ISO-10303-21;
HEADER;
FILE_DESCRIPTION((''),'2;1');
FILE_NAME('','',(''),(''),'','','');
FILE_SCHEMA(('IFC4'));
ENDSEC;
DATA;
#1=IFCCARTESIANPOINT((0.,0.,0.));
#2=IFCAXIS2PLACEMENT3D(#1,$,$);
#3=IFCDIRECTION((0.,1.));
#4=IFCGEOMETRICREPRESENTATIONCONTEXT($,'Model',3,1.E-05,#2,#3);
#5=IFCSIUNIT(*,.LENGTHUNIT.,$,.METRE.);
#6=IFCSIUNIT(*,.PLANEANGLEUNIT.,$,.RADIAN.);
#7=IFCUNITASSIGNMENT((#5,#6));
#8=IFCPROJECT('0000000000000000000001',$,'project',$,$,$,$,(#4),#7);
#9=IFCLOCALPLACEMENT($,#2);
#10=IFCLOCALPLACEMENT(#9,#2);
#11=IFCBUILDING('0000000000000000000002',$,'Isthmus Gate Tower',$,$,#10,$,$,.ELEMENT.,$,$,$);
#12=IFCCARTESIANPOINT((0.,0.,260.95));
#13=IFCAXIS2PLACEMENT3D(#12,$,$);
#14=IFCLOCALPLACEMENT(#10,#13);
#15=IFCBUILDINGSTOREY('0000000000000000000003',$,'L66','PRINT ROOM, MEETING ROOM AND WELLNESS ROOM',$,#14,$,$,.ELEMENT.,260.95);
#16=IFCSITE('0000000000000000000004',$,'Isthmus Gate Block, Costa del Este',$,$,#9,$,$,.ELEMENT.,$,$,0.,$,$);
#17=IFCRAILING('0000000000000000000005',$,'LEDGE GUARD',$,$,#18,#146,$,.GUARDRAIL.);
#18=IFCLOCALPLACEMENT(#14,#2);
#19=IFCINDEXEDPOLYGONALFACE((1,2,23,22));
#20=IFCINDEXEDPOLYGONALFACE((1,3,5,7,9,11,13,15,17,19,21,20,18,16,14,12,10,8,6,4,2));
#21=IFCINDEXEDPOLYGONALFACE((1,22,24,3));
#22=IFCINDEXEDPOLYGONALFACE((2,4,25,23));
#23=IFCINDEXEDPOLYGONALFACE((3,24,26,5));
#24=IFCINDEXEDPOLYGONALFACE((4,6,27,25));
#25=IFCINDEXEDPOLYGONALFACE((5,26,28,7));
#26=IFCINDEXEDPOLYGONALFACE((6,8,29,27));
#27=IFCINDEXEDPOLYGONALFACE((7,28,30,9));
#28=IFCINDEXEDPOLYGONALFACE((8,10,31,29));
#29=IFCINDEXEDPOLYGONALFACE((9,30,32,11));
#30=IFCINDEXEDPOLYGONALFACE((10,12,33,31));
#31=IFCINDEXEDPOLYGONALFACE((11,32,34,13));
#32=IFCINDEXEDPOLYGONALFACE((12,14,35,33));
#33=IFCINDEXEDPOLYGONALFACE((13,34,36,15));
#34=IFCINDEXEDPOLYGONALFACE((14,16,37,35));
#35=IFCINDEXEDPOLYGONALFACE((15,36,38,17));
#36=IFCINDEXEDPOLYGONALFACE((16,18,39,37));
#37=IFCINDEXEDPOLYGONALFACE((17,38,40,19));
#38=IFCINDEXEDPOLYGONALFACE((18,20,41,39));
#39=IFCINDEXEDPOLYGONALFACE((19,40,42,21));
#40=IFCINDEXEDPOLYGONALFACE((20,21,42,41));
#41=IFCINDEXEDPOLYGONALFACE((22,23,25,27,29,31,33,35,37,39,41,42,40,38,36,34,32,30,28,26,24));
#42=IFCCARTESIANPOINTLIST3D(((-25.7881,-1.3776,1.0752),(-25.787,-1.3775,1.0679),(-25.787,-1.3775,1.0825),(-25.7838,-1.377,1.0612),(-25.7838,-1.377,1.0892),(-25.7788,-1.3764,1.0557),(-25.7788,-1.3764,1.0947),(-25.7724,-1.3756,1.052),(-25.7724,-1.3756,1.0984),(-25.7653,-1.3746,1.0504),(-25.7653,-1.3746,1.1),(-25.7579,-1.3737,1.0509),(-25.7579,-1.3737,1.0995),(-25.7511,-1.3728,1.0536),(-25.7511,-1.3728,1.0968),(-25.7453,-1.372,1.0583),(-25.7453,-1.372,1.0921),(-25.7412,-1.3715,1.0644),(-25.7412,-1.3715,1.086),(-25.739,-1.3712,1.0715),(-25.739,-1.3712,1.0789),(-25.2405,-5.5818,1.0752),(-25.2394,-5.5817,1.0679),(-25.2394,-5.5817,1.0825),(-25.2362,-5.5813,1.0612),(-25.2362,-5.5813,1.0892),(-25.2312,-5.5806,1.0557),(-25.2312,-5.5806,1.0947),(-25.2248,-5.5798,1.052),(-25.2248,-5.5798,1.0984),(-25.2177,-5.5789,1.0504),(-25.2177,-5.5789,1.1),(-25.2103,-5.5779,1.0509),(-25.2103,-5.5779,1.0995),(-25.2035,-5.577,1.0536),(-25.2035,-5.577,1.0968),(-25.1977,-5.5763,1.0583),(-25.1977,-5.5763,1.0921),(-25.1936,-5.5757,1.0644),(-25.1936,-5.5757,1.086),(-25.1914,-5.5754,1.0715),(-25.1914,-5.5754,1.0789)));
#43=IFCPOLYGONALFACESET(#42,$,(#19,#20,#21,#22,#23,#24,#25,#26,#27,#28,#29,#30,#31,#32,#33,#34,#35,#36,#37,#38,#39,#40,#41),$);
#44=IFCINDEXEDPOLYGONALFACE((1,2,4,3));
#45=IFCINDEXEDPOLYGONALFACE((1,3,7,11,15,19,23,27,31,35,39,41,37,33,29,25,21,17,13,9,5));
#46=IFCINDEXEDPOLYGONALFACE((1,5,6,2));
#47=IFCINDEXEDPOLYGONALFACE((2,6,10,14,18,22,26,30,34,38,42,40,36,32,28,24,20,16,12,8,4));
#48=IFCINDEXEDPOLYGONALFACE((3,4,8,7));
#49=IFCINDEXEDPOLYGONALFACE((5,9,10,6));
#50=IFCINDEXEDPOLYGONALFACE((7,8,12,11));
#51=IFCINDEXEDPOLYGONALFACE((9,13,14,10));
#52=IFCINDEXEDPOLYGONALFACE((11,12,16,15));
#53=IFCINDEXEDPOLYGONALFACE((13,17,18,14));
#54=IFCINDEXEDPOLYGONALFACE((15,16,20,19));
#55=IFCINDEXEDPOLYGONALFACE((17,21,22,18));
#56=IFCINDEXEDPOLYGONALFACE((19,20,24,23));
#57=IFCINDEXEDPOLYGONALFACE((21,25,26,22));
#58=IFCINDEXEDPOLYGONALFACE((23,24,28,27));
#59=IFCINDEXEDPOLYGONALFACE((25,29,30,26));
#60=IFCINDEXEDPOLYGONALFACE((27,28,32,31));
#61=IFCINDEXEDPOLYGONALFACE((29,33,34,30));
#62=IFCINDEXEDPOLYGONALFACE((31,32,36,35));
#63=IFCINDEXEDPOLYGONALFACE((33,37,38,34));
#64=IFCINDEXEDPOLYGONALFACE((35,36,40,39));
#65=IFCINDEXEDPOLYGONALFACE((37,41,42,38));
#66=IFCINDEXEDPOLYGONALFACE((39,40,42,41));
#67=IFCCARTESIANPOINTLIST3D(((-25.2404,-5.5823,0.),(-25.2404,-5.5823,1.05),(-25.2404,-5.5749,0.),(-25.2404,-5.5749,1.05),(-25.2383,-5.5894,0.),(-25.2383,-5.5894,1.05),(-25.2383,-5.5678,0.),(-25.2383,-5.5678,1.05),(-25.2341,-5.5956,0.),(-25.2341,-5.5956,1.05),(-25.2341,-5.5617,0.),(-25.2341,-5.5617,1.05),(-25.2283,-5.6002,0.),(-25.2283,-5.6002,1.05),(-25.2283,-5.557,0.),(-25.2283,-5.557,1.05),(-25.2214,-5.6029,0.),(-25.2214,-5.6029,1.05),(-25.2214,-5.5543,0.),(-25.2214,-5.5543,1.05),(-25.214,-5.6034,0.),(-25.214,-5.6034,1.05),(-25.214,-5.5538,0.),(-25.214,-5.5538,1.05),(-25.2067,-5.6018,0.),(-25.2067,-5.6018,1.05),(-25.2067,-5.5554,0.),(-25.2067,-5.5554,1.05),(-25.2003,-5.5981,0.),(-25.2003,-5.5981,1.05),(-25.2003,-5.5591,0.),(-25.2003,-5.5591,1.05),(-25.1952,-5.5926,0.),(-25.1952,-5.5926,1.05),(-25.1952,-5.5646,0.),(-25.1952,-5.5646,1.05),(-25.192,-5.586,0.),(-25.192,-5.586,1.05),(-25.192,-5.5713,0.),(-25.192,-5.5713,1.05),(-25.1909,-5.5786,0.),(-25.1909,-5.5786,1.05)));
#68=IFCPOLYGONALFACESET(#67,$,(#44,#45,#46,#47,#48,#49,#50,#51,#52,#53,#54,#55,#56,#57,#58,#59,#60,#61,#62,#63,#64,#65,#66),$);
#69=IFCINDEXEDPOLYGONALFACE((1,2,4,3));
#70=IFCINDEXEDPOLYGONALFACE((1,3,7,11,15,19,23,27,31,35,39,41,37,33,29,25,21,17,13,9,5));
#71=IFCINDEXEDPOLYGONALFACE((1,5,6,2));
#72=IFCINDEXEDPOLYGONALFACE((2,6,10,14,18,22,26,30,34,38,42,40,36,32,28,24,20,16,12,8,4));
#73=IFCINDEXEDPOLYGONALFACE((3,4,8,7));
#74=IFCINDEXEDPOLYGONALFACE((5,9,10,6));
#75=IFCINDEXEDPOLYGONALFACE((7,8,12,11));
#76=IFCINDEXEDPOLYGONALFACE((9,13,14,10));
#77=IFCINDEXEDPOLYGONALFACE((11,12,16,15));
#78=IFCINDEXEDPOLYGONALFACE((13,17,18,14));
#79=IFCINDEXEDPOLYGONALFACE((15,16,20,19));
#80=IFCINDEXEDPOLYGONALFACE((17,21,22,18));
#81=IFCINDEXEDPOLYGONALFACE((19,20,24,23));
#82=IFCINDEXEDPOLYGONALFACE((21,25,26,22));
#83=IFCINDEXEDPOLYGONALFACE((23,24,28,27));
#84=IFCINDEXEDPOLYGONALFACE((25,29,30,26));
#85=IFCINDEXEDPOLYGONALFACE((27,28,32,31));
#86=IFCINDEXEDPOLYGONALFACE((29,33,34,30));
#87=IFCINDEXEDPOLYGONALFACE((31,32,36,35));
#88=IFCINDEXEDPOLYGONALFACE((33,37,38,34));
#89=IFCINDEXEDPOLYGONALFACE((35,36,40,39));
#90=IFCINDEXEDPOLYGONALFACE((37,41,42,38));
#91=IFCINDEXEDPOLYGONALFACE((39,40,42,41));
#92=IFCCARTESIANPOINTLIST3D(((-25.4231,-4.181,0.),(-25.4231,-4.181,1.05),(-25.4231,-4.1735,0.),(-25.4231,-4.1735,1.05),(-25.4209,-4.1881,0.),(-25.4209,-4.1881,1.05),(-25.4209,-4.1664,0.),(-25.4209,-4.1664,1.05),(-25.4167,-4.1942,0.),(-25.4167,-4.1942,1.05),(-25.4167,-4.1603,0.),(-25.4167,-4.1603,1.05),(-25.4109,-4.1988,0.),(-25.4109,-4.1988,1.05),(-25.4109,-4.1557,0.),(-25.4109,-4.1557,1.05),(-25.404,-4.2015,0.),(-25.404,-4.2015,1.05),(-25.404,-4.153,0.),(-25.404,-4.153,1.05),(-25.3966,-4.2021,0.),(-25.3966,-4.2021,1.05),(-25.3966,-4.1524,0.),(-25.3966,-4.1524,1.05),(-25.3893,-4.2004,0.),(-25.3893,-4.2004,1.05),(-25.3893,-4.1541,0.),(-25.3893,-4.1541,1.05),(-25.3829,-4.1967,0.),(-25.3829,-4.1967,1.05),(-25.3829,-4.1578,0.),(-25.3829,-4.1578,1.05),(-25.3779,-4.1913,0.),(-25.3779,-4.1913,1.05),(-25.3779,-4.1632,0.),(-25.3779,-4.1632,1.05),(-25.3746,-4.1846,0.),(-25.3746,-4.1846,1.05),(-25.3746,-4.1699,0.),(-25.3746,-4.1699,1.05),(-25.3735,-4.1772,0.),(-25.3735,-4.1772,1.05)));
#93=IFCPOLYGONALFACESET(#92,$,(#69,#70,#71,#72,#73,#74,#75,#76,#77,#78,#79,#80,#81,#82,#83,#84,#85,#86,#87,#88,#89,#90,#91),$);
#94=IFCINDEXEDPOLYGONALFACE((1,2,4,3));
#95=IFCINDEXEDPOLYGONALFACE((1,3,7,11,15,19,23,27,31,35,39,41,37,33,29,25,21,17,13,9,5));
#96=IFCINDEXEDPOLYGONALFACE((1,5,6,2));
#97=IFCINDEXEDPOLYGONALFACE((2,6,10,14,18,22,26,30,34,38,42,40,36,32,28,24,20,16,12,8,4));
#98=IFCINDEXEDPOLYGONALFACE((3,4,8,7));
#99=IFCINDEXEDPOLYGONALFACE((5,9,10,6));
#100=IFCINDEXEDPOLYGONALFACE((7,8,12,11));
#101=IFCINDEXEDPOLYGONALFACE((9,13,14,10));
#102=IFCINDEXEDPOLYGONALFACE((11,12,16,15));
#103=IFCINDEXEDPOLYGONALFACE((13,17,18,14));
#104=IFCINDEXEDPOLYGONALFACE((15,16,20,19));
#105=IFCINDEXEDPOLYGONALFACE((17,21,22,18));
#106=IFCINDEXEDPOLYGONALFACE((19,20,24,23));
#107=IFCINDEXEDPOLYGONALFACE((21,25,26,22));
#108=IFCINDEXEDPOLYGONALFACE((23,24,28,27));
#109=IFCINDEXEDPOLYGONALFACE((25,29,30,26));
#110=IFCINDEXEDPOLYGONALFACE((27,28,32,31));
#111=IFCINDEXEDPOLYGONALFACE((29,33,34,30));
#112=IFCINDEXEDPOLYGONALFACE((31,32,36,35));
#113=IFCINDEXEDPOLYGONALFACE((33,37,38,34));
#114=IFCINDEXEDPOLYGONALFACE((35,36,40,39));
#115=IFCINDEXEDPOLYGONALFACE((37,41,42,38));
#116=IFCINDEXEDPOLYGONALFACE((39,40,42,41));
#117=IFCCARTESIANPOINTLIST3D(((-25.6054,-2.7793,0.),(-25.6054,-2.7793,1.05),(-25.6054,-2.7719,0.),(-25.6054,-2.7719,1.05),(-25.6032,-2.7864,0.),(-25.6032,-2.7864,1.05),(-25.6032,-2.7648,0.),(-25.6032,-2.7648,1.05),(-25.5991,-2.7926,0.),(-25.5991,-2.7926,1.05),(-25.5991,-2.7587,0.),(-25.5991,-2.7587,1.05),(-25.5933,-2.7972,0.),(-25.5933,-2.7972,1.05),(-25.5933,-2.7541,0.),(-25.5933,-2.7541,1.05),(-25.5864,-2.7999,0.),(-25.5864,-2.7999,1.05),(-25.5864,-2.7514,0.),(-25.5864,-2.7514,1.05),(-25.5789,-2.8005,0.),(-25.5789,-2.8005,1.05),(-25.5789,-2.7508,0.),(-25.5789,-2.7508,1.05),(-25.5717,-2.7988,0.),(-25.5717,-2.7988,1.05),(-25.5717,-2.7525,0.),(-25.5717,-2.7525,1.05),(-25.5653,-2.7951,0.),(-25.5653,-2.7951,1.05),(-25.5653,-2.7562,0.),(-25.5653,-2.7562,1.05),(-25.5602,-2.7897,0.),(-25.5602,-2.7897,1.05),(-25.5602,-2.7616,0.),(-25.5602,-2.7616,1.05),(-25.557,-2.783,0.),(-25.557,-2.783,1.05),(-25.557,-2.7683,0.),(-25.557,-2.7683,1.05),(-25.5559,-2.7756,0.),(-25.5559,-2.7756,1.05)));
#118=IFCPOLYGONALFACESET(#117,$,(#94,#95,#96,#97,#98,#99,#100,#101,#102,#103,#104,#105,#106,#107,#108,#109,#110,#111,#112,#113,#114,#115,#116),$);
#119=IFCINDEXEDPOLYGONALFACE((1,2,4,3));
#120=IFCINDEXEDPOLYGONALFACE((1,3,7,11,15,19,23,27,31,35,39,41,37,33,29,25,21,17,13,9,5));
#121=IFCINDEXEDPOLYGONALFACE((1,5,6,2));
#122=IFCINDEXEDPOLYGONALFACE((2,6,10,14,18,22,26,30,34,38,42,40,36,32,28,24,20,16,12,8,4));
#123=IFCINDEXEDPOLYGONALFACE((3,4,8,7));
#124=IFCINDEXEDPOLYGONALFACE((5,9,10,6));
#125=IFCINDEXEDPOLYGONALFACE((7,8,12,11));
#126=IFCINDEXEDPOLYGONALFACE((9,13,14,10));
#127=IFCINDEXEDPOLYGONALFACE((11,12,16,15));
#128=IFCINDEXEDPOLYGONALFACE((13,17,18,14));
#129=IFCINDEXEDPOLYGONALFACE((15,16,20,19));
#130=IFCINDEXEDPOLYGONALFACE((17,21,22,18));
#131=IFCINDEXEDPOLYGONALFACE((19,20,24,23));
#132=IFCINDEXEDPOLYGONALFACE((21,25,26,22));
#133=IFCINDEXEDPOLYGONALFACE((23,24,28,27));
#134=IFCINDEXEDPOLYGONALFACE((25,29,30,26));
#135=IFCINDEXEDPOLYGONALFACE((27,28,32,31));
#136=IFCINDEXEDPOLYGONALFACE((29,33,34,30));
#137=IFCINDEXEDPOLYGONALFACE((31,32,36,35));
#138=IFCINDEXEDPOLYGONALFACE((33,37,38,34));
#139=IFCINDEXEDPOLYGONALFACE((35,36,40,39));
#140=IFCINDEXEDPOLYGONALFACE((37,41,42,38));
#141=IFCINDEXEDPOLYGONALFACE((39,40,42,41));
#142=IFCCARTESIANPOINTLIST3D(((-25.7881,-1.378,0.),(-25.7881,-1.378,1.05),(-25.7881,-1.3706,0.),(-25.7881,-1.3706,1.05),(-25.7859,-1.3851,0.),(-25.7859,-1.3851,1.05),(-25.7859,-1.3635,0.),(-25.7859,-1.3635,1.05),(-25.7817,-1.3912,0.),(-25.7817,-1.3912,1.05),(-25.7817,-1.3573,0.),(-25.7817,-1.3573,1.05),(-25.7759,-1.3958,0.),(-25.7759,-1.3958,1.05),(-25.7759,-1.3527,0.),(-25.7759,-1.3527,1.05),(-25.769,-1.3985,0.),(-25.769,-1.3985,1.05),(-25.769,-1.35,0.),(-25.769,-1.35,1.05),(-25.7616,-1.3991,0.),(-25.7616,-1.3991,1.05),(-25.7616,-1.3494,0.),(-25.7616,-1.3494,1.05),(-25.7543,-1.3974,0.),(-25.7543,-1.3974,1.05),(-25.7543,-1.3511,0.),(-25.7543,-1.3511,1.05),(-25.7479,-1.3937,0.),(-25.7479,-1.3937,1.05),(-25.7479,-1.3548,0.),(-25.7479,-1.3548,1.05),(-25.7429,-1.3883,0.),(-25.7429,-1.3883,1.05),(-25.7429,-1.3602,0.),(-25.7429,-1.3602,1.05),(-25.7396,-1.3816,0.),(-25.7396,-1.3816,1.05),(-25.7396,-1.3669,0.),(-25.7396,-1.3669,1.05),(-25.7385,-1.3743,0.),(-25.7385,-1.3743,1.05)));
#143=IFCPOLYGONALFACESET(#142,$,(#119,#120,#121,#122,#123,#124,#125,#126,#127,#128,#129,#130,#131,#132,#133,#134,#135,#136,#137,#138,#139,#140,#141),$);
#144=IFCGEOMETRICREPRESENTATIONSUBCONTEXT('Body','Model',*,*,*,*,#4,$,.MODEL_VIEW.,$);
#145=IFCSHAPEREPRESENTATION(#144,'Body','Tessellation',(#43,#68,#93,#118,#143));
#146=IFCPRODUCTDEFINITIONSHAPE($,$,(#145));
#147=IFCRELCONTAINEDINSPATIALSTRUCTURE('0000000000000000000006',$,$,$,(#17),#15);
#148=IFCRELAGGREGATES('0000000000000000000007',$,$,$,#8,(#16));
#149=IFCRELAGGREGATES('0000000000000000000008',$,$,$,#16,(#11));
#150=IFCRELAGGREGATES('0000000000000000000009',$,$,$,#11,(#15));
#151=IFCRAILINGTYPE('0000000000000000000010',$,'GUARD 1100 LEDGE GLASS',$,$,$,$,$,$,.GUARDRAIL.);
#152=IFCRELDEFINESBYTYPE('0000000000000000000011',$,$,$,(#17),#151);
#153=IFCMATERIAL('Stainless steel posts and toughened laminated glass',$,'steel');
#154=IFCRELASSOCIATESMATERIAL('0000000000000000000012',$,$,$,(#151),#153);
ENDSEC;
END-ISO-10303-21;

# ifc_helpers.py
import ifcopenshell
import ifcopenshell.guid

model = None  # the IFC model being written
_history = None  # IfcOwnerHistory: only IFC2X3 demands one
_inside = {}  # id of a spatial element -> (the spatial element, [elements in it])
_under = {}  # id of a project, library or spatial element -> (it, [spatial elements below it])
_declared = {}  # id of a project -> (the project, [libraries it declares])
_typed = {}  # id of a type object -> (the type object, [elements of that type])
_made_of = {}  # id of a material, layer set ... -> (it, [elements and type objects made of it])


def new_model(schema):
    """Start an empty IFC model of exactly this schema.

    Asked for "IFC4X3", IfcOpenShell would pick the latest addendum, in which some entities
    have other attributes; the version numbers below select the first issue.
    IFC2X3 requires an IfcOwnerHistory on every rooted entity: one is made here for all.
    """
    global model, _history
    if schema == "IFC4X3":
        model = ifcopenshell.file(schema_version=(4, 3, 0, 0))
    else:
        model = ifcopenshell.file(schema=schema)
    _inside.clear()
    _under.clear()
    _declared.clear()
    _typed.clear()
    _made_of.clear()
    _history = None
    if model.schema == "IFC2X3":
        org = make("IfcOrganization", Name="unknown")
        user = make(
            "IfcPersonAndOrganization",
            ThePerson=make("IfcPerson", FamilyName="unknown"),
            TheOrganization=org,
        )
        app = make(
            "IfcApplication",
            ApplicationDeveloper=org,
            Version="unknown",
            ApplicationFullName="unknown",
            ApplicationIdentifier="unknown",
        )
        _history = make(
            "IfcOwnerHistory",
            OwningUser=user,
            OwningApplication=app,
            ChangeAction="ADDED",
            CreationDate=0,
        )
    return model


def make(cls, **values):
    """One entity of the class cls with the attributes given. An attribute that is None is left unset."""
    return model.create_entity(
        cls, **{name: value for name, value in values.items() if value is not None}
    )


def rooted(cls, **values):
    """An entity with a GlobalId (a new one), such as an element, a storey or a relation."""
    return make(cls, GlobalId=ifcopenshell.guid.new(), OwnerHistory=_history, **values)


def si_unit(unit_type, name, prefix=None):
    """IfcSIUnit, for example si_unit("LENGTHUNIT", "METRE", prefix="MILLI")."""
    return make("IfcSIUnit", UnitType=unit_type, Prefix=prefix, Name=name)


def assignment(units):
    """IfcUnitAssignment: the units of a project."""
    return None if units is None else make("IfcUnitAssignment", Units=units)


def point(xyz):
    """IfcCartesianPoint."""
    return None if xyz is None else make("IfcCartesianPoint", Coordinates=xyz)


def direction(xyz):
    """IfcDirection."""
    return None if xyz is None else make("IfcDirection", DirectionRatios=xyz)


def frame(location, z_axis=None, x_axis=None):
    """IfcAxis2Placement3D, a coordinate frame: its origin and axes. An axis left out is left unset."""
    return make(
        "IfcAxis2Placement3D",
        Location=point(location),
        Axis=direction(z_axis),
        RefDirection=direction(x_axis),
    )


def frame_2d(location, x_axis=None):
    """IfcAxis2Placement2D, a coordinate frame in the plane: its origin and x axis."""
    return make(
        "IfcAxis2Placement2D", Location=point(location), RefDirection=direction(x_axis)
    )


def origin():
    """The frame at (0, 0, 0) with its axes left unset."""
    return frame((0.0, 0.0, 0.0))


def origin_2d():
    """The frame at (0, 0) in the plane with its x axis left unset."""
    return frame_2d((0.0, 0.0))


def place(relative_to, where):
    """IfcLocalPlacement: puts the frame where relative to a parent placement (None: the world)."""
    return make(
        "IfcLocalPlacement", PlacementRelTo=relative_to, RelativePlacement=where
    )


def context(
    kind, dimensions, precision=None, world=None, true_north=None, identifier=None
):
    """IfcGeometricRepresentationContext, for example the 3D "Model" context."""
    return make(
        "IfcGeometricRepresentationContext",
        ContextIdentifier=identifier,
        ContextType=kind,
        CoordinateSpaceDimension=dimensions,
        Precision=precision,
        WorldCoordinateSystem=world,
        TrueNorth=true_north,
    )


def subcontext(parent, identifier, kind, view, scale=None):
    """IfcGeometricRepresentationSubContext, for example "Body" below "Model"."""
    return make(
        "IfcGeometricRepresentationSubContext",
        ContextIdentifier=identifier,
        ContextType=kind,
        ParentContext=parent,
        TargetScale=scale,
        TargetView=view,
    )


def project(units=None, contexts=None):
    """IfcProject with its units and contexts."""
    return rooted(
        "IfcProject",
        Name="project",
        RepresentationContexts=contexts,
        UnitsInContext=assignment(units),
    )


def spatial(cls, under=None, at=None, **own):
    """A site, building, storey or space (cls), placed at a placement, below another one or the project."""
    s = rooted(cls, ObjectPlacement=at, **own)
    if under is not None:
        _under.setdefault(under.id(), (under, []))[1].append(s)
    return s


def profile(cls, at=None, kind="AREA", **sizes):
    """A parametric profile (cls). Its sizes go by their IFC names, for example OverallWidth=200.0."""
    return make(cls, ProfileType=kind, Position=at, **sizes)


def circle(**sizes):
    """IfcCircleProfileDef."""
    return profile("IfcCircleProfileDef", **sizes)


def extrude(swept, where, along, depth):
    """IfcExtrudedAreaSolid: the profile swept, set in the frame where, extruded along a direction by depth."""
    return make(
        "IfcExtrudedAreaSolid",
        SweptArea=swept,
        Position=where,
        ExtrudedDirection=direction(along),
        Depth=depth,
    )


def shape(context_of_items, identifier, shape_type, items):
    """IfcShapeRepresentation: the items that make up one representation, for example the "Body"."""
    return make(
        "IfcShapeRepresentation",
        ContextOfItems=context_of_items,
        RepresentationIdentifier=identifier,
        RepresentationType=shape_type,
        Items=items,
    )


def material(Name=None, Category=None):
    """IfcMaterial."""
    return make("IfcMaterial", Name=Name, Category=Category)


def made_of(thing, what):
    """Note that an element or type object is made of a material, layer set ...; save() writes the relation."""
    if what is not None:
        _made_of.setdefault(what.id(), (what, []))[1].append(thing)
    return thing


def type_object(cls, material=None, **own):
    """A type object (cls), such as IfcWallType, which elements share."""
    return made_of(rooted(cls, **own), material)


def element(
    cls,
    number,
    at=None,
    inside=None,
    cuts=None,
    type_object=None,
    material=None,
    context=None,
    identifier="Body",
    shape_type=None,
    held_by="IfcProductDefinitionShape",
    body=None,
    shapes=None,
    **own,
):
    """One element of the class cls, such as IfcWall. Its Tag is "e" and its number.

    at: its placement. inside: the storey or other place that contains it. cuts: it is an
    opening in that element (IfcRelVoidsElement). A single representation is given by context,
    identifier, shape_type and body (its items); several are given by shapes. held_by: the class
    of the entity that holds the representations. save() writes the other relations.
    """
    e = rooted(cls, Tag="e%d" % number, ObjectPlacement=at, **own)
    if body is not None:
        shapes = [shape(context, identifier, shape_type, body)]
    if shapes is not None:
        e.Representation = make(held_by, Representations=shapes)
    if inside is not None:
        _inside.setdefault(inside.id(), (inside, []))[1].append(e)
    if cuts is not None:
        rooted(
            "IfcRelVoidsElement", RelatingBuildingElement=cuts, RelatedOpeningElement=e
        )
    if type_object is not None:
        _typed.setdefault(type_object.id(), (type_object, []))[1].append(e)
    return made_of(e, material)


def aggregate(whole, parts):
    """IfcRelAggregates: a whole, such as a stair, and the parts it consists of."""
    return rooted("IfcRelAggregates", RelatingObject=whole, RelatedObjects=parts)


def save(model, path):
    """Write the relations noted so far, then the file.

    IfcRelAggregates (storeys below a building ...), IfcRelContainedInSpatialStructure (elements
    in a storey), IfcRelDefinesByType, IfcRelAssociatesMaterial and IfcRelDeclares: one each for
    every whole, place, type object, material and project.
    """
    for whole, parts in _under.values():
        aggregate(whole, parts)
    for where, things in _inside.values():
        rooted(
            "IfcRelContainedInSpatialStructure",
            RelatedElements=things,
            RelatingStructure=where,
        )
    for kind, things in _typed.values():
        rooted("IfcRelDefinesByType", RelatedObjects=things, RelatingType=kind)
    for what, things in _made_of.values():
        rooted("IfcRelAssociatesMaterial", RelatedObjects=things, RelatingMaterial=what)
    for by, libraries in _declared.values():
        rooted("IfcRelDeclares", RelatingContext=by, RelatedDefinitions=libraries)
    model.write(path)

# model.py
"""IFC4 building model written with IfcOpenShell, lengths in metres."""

from ifc_helpers import new_model, si_unit, direction, frame, origin, origin_2d, place, context, subcontext, project, spatial, circle, extrude, material, type_object, element, save


model = new_model("IFC4")

# Units and contexts
model_context = context("Model", 3, precision=1e-05, world=origin(), true_north=direction((0.0, 1.0)))
body_context = subcontext(model_context, "Body", "Model", "MODEL_VIEW")
ifc_project = project(units=[si_unit("LENGTHUNIT", "METRE"), si_unit("PLANEANGLEUNIT", "RADIAN")], contexts=[model_context])

# Site, building, storey
site_placement = place(None, origin())
site = spatial("IfcSite", under=ifc_project, at=site_placement, Name="Isthmus Gate Block, Costa del Este", CompositionType="ELEMENT", RefElevation=0.0)
building_placement = place(site_placement, origin())
building = spatial("IfcBuilding", under=site, at=building_placement, Name="Isthmus Gate Tower", CompositionType="ELEMENT")
storey_placement = place(building_placement, frame((0.0, 0.0, 260.95)))
storey = spatial("IfcBuildingStorey", under=building, at=storey_placement, Name="L66", Description="PRINT ROOM, MEETING ROOM AND WELLNESS ROOM", CompositionType="ELEMENT", Elevation=260.95)

# Railing
ifc_material_1 = material(Name="Stainless steel posts and toughened laminated glass", Category="steel")
railing_type = type_object("IfcRailingType", Name="GUARD 1100 LEDGE GLASS", PredefinedType="GUARDRAIL", material=ifc_material_1)
railing_1_placement = place(storey_placement, frame((-25.2158, -5.5786, 0.0)))
element("IfcRailing", 1, at=railing_1_placement, inside=storey, type_object=railing_type, Name="LEDGE GUARD", PredefinedType="GUARDRAIL", context=body_context, shape_type="SweptSolid", body=[
    extrude(circle(Radius=0.0249, at=origin_2d()), frame((0.0, 0.0, 1.0752), z_axis=(-0.129157, 0.991624, 0.0), x_axis=(-0.991624, -0.129157, 0.0)), (0.0, 0.0, 1.0), 4.2397),
    extrude(circle(Radius=0.0249, at=origin_2d()), origin(), (0.0, 0.0, 1.0), 1.05),
    extrude(circle(Radius=0.0249, at=origin_2d()), frame((-0.1826, 1.4014, 0.0)), (0.0, 0.0, 1.0), 1.05),
    extrude(circle(Radius=0.0249, at=origin_2d()), frame((-0.365, 2.803, 0.0)), (0.0, 0.0, 1.0), 1.05),
    extrude(circle(Radius=0.0249, at=origin_2d()), frame((-0.5476, 4.2043, 0.0)), (0.0, 0.0, 1.0), 1.05),
])

save(model, "model.ifc")
